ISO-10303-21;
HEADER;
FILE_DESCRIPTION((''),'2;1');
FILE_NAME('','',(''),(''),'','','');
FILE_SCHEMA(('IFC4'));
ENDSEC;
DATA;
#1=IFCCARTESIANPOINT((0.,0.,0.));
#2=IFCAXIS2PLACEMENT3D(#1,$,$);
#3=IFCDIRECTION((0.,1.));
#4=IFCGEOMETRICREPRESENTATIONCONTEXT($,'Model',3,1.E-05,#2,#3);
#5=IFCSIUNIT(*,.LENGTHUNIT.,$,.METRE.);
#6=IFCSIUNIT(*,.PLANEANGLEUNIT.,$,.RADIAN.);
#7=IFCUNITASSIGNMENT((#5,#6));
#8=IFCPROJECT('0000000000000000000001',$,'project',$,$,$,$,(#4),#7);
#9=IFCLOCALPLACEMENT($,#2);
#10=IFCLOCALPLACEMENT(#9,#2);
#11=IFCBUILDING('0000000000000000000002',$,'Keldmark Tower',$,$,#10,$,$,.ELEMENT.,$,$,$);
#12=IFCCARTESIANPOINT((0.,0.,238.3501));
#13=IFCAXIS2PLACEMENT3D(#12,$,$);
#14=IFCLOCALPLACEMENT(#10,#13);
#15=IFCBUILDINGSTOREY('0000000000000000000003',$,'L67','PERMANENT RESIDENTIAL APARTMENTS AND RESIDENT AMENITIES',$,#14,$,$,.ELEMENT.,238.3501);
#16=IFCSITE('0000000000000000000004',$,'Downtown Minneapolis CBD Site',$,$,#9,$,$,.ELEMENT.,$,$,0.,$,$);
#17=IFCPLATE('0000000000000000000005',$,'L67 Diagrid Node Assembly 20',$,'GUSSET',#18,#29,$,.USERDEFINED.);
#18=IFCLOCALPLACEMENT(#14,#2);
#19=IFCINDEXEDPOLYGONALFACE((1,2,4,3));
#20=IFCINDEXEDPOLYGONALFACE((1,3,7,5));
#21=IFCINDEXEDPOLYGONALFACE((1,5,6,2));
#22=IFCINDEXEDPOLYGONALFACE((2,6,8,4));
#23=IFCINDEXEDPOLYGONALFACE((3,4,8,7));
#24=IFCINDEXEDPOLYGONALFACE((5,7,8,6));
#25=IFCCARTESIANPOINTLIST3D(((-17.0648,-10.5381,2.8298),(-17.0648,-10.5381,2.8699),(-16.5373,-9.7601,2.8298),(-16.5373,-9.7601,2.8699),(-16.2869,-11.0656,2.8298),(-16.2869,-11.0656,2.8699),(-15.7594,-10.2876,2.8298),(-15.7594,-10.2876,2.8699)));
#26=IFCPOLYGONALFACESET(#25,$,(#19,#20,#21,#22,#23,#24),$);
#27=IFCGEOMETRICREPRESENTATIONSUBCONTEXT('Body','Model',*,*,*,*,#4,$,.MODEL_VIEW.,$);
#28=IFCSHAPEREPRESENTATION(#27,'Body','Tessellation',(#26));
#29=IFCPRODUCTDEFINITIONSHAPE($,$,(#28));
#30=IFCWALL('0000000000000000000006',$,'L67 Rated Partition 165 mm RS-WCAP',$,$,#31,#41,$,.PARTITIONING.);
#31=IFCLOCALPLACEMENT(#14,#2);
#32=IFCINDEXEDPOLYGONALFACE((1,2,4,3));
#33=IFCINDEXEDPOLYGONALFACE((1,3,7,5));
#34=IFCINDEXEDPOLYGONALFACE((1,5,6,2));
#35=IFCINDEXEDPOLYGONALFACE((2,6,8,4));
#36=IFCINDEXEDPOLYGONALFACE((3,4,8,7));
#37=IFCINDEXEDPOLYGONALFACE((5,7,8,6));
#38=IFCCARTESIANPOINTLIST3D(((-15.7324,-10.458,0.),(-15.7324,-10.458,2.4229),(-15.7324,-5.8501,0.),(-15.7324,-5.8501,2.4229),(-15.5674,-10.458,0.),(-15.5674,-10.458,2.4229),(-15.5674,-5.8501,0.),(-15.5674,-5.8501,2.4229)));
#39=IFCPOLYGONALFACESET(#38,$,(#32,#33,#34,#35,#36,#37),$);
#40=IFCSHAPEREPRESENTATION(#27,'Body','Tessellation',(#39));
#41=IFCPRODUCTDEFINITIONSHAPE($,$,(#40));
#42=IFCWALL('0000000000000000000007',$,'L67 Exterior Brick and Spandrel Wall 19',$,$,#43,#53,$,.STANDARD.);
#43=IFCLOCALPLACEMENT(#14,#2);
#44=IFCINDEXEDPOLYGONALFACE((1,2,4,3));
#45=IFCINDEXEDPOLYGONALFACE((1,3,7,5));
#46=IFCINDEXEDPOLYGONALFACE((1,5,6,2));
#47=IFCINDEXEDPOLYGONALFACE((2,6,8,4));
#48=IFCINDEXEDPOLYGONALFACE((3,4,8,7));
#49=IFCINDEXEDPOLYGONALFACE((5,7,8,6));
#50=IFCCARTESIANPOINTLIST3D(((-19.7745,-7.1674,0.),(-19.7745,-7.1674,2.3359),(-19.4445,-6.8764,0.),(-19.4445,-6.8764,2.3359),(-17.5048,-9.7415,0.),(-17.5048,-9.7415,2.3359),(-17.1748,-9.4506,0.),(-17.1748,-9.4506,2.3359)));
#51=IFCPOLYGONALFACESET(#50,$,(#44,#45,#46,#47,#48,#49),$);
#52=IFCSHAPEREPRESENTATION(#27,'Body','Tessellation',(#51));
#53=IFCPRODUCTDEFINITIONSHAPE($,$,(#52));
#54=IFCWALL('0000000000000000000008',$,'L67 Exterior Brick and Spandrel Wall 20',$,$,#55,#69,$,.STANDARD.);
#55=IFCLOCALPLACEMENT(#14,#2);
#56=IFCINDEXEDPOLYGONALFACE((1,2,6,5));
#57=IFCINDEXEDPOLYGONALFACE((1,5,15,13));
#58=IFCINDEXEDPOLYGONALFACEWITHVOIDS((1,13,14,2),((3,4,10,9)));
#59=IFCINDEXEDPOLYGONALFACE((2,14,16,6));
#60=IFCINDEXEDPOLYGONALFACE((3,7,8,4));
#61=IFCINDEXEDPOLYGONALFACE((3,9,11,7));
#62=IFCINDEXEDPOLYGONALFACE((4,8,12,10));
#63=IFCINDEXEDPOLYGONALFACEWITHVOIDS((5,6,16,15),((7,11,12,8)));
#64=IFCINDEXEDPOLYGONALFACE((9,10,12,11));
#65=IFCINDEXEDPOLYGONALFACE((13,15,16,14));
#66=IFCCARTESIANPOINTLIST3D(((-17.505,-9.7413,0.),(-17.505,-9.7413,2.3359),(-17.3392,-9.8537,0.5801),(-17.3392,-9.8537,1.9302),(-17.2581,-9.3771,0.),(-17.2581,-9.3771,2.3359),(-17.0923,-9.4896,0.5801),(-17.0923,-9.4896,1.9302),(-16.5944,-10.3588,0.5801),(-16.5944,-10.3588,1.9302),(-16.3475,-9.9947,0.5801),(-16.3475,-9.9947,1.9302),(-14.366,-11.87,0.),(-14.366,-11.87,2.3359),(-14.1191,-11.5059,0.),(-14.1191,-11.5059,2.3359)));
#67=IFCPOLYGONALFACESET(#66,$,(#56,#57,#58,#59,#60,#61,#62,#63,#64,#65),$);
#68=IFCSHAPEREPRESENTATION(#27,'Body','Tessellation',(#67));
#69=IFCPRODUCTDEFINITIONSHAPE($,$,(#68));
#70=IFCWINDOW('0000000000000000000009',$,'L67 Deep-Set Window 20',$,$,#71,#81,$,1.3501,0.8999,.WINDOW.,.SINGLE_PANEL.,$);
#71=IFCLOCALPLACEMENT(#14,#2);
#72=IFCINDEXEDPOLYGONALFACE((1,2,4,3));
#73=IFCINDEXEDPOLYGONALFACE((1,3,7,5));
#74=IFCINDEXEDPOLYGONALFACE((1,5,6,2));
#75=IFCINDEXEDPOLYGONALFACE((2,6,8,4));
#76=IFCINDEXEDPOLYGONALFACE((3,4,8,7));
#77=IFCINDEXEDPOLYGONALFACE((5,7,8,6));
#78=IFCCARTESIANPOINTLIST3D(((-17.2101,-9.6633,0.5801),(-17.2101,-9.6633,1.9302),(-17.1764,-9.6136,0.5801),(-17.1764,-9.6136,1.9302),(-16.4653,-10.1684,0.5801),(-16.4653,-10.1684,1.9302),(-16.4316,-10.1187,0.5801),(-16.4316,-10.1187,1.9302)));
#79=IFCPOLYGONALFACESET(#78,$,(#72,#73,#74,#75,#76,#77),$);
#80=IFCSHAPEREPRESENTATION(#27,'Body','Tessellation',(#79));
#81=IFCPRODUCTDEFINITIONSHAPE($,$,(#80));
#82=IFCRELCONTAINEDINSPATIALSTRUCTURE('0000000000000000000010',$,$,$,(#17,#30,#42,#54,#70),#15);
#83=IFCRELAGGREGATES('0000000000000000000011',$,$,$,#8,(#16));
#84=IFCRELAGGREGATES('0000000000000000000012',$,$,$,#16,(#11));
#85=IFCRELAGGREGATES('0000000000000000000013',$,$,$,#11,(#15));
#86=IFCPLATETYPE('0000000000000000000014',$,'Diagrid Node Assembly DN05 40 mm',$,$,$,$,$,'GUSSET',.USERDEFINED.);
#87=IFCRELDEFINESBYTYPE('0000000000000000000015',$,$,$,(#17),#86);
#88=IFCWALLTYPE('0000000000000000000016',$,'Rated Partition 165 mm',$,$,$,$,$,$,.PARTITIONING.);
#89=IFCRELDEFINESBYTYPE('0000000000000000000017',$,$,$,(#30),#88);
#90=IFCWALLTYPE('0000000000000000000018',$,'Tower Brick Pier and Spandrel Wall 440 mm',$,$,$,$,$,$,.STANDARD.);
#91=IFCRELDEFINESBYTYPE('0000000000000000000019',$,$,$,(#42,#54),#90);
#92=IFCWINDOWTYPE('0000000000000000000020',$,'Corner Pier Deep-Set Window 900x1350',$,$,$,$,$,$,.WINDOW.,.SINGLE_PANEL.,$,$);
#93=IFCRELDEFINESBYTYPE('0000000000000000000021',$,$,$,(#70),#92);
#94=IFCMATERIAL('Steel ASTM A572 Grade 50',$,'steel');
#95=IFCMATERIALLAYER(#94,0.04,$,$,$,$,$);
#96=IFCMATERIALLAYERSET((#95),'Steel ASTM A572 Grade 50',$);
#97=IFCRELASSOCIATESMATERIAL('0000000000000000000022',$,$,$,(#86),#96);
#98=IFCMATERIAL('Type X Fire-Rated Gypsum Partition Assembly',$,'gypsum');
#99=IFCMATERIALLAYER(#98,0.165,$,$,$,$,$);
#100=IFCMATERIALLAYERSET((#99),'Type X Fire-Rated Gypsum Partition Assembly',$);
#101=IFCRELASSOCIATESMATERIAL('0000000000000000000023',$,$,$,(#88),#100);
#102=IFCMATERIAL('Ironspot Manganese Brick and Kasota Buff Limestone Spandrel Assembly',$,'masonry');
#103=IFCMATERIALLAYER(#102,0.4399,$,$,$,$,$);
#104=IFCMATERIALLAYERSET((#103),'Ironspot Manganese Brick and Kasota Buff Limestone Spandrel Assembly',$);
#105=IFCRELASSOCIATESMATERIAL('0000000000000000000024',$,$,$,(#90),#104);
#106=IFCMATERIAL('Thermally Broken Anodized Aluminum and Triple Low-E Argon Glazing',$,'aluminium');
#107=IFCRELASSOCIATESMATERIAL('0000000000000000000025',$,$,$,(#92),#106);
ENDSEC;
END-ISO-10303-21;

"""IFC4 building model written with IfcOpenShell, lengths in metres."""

from ifc_helpers import new_model, si_unit, direction, frame, frame_2d, origin, origin_2d, place, context, subcontext, project, spatial, rectangle, extrude, material, layer, layer_set, type_object, element, fill, save


model = new_model("IFC4")

# Units and contexts
model_context = context("Model", 3, precision=1e-05, world=origin(), true_north=direction((0.0, 1.0)))
body_context = subcontext(model_context, "Body", "Model", "MODEL_VIEW")
ifc_project = project(units=[si_unit("LENGTHUNIT", "METRE"), si_unit("PLANEANGLEUNIT", "RADIAN")], contexts=[model_context])

# Site, building, storey
site_placement = place(None, origin())
site = spatial("IfcSite", under=ifc_project, at=site_placement, Name="Downtown Minneapolis CBD Site", CompositionType="ELEMENT", RefElevation=0.0)
building_placement = place(site_placement, origin())
building = spatial("IfcBuilding", under=site, at=building_placement, Name="Keldmark Tower", CompositionType="ELEMENT")
storey_placement = place(building_placement, frame((0.0, 0.0, 238.3501)))
storey = spatial("IfcBuildingStorey", under=building, at=storey_placement, Name="L67", Description="PERMANENT RESIDENTIAL APARTMENTS AND RESIDENT AMENITIES", CompositionType="ELEMENT", Elevation=238.3501)

# Plate
ifc_material_1 = material(Name="Steel ASTM A572 Grade 50", Category="steel")
ifc_layer_1 = layer(ifc_material_1, 0.04)
ifc_layer_set_1 = layer_set([ifc_layer_1], Name="Steel ASTM A572 Grade 50")
plate_type = type_object("IfcPlateType", Name="Diagrid Node Assembly DN05 40 mm", ElementType="GUSSET", PredefinedType="USERDEFINED", material=ifc_layer_set_1)
for number, where, z_axis, x_axis, name in (
    (1, (-16.4121, -10.4128, 2.8298), (0.0, 0.0, 1.0), (0.827669, -0.561217, 0.0), "L67 Diagrid Node Assembly 20"),
):
    element("IfcPlate", number, at=place(storey_placement, frame(where, z_axis=z_axis, x_axis=x_axis)), inside=storey, type_object=plate_type, Name=name, ObjectType="GUSSET", PredefinedType="USERDEFINED", context=body_context, shape_type="SweptSolid", body=[
        extrude(rectangle(XDim=0.9399, YDim=0.9399, at=origin_2d()), origin(), (0.0, 0.0, 1.0), 0.04),
    ])

# Walls
ifc_material_2 = material(Name="Type X Fire-Rated Gypsum Partition Assembly", Category="gypsum")
ifc_layer_2 = layer(ifc_material_2, 0.165)
ifc_layer_set_2 = layer_set([ifc_layer_2], Name="Type X Fire-Rated Gypsum Partition Assembly")
wall_type_1 = type_object("IfcWallType", Name="Rated Partition 165 mm", PredefinedType="PARTITIONING", material=ifc_layer_set_2)
wall_1_placement = place(storey_placement, frame((-15.6499, -10.458, 0.0), z_axis=(0.0, 0.0, 1.0), x_axis=(0.0, 1.0, 0.0)))
element("IfcWall", 2, at=wall_1_placement, inside=storey, type_object=wall_type_1, Name="L67 Rated Partition 165 mm RS-WCAP", PredefinedType="PARTITIONING", context=body_context, shape_type="SweptSolid", body=[
    extrude(rectangle(XDim=4.6079, YDim=0.165, at=frame_2d((2.304, 0.0))), origin(), (0.0, 0.0, 1.0), 2.4229),
])
ifc_material_3 = material(Name="Ironspot Manganese Brick and Kasota Buff Limestone Spandrel Assembly", Category="masonry")
ifc_layer_3 = layer(ifc_material_3, 0.4399)
ifc_layer_set_3 = layer_set([ifc_layer_3], Name="Ironspot Manganese Brick and Kasota Buff Limestone Spandrel Assembly")
wall_type_2 = type_object("IfcWallType", Name="Tower Brick Pier and Spandrel Wall 440 mm", PredefinedType="STANDARD", material=ifc_layer_set_3)
wall_2_placement = place(storey_placement, frame((-17.3398, -9.5959, 0.0), z_axis=(0.0, 0.0, 1.0), x_axis=(-0.66136, 0.750068, 0.0)))
element("IfcWall", 3, at=wall_2_placement, inside=storey, type_object=wall_type_2, Name="L67 Exterior Brick and Spandrel Wall 19", PredefinedType="STANDARD", context=body_context, shape_type="SweptSolid", body=[
    extrude(rectangle(XDim=3.4319, YDim=0.4399, at=frame_2d((1.7158, 0.0))), origin(), (0.0, 0.0, 1.0), 2.3359),
])

# Wall, opening, window
wall_3_placement = place(storey_placement, frame((-14.2424, -11.688, 0.0), z_axis=(0.0, 0.0, 1.0), x_axis=(-0.827637, 0.561264, 0.0)))
wall_3 = element("IfcWall", 4, at=wall_3_placement, inside=storey, type_object=wall_type_2, Name="L67 Exterior Brick and Spandrel Wall 20", PredefinedType="STANDARD", context=body_context, shape_type="SweptSolid", body=[
    extrude(rectangle(XDim=3.7927, YDim=0.4399, at=frame_2d((1.8965, 0.0))), origin(), (0.0, 0.0, 1.0), 2.3359),
])
opening_placement = place(wall_3_placement, frame((2.6926, 0.0, 0.5801)))
opening = element("IfcOpeningElement", 5, at=opening_placement, cuts=wall_3, PredefinedType="OPENING", context=body_context, shape_type="SweptSolid", body=[
    extrude(rectangle(XDim=0.8999, YDim=1.3501, at=frame_2d((0.45, 0.675))), frame((0.0, 0.23, 0.0), z_axis=(0.0, -1.0, 0.0), x_axis=(1.0, 0.0, 0.0)), (0.0, 0.0, 1.0), 0.46),
])
ifc_material_4 = material(Name="Thermally Broken Anodized Aluminum and Triple Low-E Argon Glazing", Category="aluminium")
window_type = type_object("IfcWindowType", Name="Corner Pier Deep-Set Window 900x1350", PartitioningType="SINGLE_PANEL", PredefinedType="WINDOW", material=ifc_material_4)
window_placement = place(opening_placement, origin())
window = element("IfcWindow", 6, at=window_placement, inside=storey, type_object=window_type, Name="L67 Deep-Set Window 20", OverallHeight=1.3501, OverallWidth=0.8999, PartitioningType="SINGLE_PANEL", PredefinedType="WINDOW", context=body_context, shape_type="SweptSolid", body=[
    extrude(rectangle(XDim=0.8999, YDim=1.3501, at=frame_2d((0.45, 0.675))), frame((0.0, -0.01, 0.0), z_axis=(0.0, -1.0, 0.0), x_axis=(1.0, 0.0, 0.0)), (0.0, 0.0, 1.0), 0.0601),
])
fill(opening, window)

save(model, "model.ifc")
